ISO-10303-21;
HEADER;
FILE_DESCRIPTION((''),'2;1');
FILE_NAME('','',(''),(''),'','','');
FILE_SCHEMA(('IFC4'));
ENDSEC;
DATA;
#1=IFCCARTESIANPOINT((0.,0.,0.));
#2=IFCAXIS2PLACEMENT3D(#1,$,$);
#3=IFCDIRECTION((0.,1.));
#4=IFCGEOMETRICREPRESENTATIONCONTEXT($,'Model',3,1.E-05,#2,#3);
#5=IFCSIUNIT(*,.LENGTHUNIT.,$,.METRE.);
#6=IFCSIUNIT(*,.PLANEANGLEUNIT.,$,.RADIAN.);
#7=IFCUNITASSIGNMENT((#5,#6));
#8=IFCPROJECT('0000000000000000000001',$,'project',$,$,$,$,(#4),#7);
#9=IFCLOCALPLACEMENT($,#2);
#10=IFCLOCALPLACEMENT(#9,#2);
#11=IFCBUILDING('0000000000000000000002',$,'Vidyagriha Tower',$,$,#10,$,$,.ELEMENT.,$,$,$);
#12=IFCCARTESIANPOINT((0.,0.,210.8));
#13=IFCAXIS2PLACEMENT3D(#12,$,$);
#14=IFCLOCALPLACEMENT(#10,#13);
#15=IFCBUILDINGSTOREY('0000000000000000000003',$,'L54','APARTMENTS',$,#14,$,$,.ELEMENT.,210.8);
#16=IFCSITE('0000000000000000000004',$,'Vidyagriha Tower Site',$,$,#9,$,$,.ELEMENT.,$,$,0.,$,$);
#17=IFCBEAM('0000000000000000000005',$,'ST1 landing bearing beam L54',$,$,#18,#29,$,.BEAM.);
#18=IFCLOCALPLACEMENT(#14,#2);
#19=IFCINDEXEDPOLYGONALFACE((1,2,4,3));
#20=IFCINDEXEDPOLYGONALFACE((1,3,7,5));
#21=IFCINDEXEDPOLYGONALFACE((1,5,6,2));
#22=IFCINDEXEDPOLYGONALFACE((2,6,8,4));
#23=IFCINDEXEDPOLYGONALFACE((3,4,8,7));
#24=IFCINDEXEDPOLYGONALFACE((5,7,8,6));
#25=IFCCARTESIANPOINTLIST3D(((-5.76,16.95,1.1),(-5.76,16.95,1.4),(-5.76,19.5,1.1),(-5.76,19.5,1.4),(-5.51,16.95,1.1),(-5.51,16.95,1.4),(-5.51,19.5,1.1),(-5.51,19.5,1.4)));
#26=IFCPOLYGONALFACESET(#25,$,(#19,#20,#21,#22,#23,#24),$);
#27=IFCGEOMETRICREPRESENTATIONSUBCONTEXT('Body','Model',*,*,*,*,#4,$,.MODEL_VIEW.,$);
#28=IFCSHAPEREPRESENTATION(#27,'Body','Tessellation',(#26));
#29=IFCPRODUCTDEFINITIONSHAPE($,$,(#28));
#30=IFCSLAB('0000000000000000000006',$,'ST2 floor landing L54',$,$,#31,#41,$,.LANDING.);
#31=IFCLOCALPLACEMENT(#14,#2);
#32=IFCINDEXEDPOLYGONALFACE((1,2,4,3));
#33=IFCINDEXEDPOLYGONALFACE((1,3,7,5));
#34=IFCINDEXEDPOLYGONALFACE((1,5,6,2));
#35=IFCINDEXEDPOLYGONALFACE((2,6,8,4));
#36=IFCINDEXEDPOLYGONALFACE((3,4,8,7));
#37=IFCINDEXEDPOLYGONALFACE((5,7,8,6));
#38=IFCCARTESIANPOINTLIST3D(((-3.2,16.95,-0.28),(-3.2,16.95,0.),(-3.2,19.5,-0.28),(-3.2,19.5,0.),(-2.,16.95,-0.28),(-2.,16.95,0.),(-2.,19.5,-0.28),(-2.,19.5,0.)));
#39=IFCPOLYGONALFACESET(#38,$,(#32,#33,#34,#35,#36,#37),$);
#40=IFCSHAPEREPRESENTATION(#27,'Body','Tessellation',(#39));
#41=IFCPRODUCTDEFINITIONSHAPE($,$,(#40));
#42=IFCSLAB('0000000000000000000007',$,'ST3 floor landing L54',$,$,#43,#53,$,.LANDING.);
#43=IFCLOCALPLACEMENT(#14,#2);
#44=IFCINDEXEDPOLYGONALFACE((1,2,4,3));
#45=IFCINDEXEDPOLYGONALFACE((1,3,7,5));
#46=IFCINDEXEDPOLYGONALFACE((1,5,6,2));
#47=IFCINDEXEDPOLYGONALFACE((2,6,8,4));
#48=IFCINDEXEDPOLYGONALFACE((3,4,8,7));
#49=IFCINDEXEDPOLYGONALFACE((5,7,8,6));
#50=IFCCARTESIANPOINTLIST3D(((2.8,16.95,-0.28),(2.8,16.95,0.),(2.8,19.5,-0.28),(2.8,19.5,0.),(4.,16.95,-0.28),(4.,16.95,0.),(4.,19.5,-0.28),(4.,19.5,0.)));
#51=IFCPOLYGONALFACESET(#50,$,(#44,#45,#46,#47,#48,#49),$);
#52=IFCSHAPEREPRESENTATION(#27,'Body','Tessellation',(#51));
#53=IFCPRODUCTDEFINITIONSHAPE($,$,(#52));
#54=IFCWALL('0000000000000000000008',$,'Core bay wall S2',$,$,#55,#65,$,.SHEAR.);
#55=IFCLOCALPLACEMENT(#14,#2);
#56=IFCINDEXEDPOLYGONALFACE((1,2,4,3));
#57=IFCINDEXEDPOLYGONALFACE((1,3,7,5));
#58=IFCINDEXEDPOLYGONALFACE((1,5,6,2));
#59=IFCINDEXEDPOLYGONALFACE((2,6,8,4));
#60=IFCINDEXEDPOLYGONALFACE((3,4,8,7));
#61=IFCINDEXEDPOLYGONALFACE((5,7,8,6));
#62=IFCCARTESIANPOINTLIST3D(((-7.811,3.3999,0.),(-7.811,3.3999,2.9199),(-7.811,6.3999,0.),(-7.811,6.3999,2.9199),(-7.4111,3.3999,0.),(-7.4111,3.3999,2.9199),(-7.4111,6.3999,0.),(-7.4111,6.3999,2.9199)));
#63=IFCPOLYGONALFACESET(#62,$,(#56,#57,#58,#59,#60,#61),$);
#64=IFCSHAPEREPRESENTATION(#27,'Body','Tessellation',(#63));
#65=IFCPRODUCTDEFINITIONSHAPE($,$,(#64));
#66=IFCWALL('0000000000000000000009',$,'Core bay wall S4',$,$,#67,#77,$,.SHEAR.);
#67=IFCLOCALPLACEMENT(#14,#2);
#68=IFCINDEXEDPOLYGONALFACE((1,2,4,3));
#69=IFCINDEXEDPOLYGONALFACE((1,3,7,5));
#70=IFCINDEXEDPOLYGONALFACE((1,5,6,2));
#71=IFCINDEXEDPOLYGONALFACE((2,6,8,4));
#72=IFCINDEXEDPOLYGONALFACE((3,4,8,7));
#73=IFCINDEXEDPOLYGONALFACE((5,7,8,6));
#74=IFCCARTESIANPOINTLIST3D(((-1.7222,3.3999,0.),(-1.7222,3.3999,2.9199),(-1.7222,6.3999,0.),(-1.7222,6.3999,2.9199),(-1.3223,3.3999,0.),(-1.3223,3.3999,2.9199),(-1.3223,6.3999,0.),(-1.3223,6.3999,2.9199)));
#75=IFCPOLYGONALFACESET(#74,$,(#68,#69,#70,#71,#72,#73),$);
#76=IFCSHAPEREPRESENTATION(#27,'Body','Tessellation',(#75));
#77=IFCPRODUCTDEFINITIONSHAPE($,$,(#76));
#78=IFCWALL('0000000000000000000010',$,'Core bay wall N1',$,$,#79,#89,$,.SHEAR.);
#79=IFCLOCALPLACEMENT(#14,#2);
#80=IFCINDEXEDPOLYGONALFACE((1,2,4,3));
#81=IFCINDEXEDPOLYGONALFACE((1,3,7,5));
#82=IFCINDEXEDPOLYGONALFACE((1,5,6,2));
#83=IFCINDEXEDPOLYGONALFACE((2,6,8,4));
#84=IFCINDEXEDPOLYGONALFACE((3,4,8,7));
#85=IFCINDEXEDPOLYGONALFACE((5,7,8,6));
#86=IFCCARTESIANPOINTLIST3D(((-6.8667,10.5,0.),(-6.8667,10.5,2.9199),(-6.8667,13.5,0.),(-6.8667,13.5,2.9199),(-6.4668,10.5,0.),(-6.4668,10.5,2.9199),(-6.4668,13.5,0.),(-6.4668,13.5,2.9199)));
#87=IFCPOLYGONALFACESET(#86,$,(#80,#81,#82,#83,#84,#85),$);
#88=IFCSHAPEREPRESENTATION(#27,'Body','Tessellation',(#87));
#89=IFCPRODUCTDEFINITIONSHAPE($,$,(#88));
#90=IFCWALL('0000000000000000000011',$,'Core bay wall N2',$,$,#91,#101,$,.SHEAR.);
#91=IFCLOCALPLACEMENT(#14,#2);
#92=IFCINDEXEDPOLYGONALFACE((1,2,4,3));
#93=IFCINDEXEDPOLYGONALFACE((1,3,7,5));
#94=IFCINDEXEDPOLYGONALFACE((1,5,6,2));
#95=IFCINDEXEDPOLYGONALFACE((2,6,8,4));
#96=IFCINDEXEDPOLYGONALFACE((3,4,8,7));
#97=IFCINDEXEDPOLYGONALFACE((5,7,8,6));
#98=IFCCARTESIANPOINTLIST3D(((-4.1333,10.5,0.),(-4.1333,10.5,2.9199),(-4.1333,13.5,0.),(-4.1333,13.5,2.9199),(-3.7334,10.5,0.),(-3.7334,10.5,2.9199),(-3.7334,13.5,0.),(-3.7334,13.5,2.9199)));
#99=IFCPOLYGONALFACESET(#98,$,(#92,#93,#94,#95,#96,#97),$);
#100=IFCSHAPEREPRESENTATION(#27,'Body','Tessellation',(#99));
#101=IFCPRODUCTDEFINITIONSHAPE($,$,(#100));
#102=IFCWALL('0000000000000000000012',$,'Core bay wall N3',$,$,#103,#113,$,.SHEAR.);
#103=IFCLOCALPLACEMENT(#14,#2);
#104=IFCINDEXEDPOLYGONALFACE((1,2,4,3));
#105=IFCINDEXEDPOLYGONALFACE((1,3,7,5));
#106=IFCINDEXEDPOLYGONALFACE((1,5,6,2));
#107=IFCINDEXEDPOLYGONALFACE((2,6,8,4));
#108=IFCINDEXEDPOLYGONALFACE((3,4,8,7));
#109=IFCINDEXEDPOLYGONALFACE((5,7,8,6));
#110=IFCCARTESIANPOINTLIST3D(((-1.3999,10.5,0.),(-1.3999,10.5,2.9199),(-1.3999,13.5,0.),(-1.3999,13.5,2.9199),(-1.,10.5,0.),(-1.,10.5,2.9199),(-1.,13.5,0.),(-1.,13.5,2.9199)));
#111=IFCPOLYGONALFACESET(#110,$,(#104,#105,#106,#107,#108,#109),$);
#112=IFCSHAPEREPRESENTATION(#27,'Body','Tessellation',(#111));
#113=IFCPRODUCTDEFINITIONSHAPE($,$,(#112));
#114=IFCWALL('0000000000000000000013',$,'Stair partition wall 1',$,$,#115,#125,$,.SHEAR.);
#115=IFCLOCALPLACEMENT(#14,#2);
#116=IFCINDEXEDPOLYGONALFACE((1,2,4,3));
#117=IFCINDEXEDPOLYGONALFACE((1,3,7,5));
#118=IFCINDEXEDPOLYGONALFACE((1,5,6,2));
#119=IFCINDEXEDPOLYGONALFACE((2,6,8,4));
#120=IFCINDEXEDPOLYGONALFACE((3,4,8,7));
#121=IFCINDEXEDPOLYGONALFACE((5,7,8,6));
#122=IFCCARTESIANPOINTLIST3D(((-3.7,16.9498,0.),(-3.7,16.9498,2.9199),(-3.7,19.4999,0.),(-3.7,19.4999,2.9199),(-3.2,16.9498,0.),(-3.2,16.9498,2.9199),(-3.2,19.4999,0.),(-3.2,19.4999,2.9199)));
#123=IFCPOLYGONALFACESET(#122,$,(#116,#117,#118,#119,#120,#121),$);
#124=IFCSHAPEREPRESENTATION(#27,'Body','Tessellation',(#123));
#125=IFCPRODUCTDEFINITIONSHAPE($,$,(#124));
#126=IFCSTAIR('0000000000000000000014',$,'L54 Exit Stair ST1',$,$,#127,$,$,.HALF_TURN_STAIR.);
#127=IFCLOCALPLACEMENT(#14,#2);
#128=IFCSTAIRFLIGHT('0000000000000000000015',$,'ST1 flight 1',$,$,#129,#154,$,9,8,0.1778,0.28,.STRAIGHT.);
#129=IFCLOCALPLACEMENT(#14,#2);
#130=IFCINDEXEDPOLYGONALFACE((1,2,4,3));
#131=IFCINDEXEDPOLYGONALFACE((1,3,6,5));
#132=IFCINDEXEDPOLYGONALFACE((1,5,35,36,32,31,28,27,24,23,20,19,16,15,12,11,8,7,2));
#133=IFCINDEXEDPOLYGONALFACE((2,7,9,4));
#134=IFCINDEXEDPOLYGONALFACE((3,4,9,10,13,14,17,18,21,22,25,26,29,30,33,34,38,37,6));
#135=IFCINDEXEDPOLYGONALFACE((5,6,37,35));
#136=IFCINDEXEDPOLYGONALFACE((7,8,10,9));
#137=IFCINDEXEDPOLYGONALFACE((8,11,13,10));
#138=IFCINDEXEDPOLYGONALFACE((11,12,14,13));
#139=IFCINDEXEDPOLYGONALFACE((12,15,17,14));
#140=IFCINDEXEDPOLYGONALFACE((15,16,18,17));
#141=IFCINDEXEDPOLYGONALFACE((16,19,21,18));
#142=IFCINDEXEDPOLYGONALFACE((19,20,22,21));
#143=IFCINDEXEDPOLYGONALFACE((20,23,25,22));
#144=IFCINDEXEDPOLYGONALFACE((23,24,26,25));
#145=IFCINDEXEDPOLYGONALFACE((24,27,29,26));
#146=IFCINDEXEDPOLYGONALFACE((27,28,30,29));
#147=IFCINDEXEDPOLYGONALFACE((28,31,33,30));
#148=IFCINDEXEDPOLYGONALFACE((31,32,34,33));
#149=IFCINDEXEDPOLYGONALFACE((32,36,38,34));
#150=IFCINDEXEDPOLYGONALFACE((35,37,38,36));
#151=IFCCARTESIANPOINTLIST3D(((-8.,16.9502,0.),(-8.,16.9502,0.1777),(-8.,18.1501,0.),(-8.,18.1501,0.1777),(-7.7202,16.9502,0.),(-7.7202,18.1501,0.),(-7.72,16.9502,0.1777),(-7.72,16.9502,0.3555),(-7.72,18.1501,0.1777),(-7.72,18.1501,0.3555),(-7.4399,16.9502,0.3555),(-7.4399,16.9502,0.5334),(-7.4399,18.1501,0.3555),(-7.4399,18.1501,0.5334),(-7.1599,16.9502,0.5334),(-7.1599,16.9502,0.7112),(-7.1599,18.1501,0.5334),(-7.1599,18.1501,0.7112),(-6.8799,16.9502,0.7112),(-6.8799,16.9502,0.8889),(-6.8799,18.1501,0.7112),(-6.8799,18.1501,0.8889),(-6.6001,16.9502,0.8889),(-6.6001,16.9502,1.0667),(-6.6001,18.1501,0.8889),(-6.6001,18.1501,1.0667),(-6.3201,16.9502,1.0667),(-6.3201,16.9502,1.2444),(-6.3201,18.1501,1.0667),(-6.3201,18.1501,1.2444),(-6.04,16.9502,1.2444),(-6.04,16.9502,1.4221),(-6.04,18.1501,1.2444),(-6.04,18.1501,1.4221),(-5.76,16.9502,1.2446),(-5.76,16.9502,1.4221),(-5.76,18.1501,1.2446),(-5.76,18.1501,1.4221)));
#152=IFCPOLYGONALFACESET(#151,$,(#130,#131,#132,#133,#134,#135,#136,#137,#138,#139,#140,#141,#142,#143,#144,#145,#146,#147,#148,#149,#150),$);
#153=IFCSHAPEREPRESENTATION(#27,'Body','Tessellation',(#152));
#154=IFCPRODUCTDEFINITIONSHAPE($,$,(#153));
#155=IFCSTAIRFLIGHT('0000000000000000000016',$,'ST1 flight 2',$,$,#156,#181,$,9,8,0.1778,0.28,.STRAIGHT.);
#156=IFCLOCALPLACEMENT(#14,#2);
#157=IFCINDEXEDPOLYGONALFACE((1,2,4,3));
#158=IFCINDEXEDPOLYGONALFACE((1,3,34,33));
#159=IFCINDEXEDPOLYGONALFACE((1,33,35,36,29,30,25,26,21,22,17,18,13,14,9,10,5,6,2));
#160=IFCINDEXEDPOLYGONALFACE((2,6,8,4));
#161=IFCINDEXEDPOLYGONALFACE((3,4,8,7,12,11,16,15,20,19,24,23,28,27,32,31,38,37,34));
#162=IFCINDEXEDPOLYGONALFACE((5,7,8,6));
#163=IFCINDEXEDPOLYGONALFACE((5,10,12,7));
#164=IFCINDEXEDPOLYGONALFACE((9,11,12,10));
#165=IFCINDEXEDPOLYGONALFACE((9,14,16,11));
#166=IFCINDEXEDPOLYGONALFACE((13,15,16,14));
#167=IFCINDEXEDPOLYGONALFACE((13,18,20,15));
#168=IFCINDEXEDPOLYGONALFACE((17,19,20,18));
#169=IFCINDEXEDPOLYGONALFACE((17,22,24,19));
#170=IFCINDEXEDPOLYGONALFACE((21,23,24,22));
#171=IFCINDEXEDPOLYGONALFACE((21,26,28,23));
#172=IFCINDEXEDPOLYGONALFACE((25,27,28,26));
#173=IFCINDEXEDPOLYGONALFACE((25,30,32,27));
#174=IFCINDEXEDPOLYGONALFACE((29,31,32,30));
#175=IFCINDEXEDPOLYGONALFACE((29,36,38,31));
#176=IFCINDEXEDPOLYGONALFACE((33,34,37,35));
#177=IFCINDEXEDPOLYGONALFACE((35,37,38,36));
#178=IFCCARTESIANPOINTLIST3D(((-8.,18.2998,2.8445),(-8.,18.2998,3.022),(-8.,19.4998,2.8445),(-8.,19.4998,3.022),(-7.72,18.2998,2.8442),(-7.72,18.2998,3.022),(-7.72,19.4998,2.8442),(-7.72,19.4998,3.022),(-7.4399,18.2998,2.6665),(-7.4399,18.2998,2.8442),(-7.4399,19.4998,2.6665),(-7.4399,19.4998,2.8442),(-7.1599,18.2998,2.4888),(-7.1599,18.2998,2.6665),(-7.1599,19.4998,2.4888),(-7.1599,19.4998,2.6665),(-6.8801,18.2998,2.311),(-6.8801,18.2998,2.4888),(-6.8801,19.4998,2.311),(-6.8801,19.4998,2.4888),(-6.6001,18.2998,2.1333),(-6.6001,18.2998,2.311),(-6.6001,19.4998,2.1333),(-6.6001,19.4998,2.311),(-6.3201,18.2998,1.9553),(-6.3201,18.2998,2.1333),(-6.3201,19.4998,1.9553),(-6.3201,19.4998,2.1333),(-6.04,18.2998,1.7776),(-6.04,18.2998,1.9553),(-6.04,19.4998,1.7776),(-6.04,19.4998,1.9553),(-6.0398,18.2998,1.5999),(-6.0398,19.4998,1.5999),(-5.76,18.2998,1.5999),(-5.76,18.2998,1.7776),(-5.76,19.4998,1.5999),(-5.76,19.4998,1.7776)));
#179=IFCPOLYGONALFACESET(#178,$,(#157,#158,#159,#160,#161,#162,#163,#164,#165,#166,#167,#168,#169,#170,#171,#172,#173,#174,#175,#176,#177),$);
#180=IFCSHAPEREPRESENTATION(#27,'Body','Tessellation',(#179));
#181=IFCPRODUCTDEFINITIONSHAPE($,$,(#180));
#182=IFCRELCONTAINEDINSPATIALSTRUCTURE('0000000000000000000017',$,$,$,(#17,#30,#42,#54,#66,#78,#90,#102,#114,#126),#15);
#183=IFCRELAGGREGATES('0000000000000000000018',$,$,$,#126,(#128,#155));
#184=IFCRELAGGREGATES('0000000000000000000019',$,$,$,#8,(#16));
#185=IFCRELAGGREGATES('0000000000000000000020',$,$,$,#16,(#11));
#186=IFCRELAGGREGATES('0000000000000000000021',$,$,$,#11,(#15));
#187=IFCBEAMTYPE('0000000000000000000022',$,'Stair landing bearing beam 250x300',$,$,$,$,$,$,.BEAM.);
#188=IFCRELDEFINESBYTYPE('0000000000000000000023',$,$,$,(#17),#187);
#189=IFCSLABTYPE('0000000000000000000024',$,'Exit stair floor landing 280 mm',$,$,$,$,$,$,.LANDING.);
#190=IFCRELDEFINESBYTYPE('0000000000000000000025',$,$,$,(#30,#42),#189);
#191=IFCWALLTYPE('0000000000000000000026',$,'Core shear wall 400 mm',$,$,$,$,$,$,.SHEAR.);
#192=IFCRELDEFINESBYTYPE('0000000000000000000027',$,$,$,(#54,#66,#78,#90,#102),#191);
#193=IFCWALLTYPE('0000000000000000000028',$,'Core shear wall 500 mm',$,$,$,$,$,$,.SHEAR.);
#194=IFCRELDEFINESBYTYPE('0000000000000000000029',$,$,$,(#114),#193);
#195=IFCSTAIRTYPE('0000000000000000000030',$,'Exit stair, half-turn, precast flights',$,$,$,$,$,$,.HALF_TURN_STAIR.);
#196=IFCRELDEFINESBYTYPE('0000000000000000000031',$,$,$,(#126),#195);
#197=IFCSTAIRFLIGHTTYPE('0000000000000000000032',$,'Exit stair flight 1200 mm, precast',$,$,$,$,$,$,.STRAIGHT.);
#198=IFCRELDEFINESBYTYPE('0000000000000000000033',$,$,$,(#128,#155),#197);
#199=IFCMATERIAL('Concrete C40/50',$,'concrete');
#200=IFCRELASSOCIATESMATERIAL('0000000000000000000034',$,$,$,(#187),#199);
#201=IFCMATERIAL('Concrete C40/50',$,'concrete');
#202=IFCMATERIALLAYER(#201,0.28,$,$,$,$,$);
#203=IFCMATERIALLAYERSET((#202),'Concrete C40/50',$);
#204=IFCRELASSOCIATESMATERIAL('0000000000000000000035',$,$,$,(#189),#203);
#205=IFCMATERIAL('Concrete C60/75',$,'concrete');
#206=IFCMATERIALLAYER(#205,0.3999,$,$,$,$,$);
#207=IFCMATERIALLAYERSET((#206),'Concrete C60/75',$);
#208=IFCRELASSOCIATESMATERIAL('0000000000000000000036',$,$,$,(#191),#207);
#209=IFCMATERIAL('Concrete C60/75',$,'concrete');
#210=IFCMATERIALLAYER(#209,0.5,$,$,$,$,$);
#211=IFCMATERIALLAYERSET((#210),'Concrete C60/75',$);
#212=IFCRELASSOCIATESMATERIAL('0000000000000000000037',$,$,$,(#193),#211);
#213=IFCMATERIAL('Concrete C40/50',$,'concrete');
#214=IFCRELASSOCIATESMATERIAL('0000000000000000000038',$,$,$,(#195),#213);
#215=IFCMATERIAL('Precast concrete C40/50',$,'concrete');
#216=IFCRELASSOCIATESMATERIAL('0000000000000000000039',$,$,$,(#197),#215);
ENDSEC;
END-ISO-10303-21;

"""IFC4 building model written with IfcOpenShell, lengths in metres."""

from ifc_helpers import new_model, si_unit, direction, frame, frame_2d, origin, origin_2d, place, context, subcontext, project, spatial, polyline, rectangle, outline, extrude, material, layer, layer_set, material_profile, profile_set, type_object, element, aggregate, save


model = new_model("IFC4")

# Units and contexts
model_context = context("Model", 3, precision=1e-05, world=origin(), true_north=direction((0.0, 1.0)))
body_context = subcontext(model_context, "Body", "Model", "MODEL_VIEW")
ifc_project = project(units=[si_unit("LENGTHUNIT", "METRE"), si_unit("PLANEANGLEUNIT", "RADIAN")], contexts=[model_context])

# Site, building, storey
site_placement = place(None, origin())
site = spatial("IfcSite", under=ifc_project, at=site_placement, Name="Vidyagriha Tower Site", CompositionType="ELEMENT", RefElevation=0.0)
building_placement = place(site_placement, origin())
building = spatial("IfcBuilding", under=site, at=building_placement, Name="Vidyagriha Tower", CompositionType="ELEMENT")
storey_placement = place(building_placement, frame((0.0, 0.0, 210.8)))
storey = spatial("IfcBuildingStorey", under=building, at=storey_placement, Name="L54", Description="APARTMENTS", CompositionType="ELEMENT", Elevation=210.8)

# Beam
ifc_material_1 = material(Name="Concrete C40/50", Category="concrete")
ifc_material_profile = material_profile(ifc_material_1, rectangle(XDim=0.25, YDim=0.3, at=origin_2d()), Name="Stair landing bearing beam 250x300")
ifc_profile_set = profile_set([ifc_material_profile], Name="Concrete C40/50")
beam_type = type_object("IfcBeamType", Name="Stair landing bearing beam 250x300", PredefinedType="BEAM", material=ifc_profile_set)
beam_placement = place(storey_placement, frame((-5.635, 16.95, 1.25), z_axis=(0.0, 1.0, 0.0), x_axis=(-1.0, 0.0, 0.0)))
element("IfcBeam", 1, at=beam_placement, inside=storey, type_object=beam_type, Name="ST1 landing bearing beam L54", PredefinedType="BEAM", context=body_context, shape_type="SweptSolid", body=[
    extrude(rectangle(XDim=0.25, YDim=0.3, at=origin_2d()), origin(), (0.0, 0.0, 1.0), 2.55),
])

# Slabs
ifc_material_2 = material(Name="Concrete C40/50", Category="concrete")
ifc_layer_1 = layer(ifc_material_2, 0.28)
ifc_layer_set_1 = layer_set([ifc_layer_1], Name="Concrete C40/50")
slab_type = type_object("IfcSlabType", Name="Exit stair floor landing 280 mm", PredefinedType="LANDING", material=ifc_layer_set_1)
slab_1_placement = place(storey_placement, frame((0.0, 0.0, -0.28)))
element("IfcSlab", 2, at=slab_1_placement, inside=storey, type_object=slab_type, Name="ST2 floor landing L54", PredefinedType="LANDING", context=body_context, shape_type="SweptSolid", body=[
    extrude(outline(polyline([(-3.2, 16.95), (-2.0, 16.95), (-2.0, 19.5), (-3.2, 19.5), (-3.2, 16.95)])), origin(), (0.0, 0.0, 1.0), 0.28),
])
slab_2_placement = place(storey_placement, frame((0.0, 0.0, -0.28)))
element("IfcSlab", 3, at=slab_2_placement, inside=storey, type_object=slab_type, Name="ST3 floor landing L54", PredefinedType="LANDING", context=body_context, shape_type="SweptSolid", body=[
    extrude(outline(polyline([(2.8, 16.95), (4.0, 16.95), (4.0, 19.5), (2.8, 19.5), (2.8, 16.95)])), origin(), (0.0, 0.0, 1.0), 0.28),
])

# Walls
ifc_material_3 = material(Name="Concrete C60/75", Category="concrete")
ifc_layer_2 = layer(ifc_material_3, 0.3999)
ifc_layer_set_2 = layer_set([ifc_layer_2], Name="Concrete C60/75")
wall_type_1 = type_object("IfcWallType", Name="Core shear wall 400 mm", PredefinedType="SHEAR", material=ifc_layer_set_2)
for number, where, z_axis, x_axis, name in (
    (4, (-7.6111, 3.3999, 0.0), (0.0, 0.0, 1.0), (0.0, 1.0, 0.0), "Core bay wall S2"),
    (5, (-1.5222, 3.3999, 0.0), (0.0, 0.0, 1.0), (0.0, 1.0, 0.0), "Core bay wall S4"),
    (6, (-6.6667, 10.5, 0.0), (0.0, 0.0, 1.0), (0.0, 1.0, 0.0), "Core bay wall N1"),
    (7, (-3.9333, 10.5, 0.0), (0.0, 0.0, 1.0), (0.0, 1.0, 0.0), "Core bay wall N2"),
    (8, (-1.2, 10.5, 0.0), (0.0, 0.0, 1.0), (0.0, 1.0, 0.0), "Core bay wall N3"),
):
    element("IfcWall", number, at=place(storey_placement, frame(where, z_axis=z_axis, x_axis=x_axis)), inside=storey, type_object=wall_type_1, Name=name, PredefinedType="SHEAR", context=body_context, shape_type="SweptSolid", body=[
        extrude(rectangle(XDim=3.0, YDim=0.3999, at=frame_2d((1.5, 0.0))), origin(), (0.0, 0.0, 1.0), 2.9199),
    ])
ifc_material_4 = material(Name="Concrete C60/75", Category="concrete")
ifc_layer_3 = layer(ifc_material_4, 0.5)
ifc_layer_set_3 = layer_set([ifc_layer_3], Name="Concrete C60/75")
wall_type_2 = type_object("IfcWallType", Name="Core shear wall 500 mm", PredefinedType="SHEAR", material=ifc_layer_set_3)
wall_placement = place(storey_placement, frame((-3.45, 16.95, 0.0), z_axis=(0.0, 0.0, 1.0), x_axis=(0.0, 1.0, 0.0)))
element("IfcWall", 9, at=wall_placement, inside=storey, type_object=wall_type_2, Name="Stair partition wall 1", PredefinedType="SHEAR", context=body_context, shape_type="SweptSolid", body=[
    extrude(rectangle(XDim=2.55, YDim=0.5, at=frame_2d((1.2749, 0.0))), origin(), (0.0, 0.0, 1.0), 2.9199),
])

# Stair, stair flights
ifc_material_5 = material(Name="Concrete C40/50", Category="concrete")
stair_type = type_object("IfcStairType", Name="Exit stair, half-turn, precast flights", PredefinedType="HALF_TURN_STAIR", material=ifc_material_5)
stair_1_placement = place(storey_placement, origin())
stair_1 = element("IfcStair", 10, at=stair_1_placement, inside=storey, type_object=stair_type, Name="L54 Exit Stair ST1", PredefinedType="HALF_TURN_STAIR")
ifc_material_6 = material(Name="Precast concrete C40/50", Category="concrete")
stair_flight_type = type_object("IfcStairFlightType", Name="Exit stair flight 1200 mm, precast", PredefinedType="STRAIGHT", material=ifc_material_6)
stair_flight_1_placement = place(storey_placement, frame((-8.0, 17.55, 0.0)))
stair_flight_1 = element("IfcStairFlight", 11, at=stair_flight_1_placement, type_object=stair_flight_type, Name="ST1 flight 1", NumberOfRisers=9, NumberOfTreads=8, PredefinedType="STRAIGHT", RiserHeight=0.1778, TreadLength=0.28, context=body_context, shape_type="SweptSolid", body=[
    extrude(outline(polyline([(0.0, 0.0), (0.0, 0.1777), (0.28, 0.1777), (0.28, 0.3555), (0.5601, 0.3555), (0.5601, 0.5334), (0.8401, 0.5334), (0.8401, 0.7112), (1.1201, 0.7112), (1.1201, 0.8889), (1.3999, 0.8889), (1.3999, 1.0667), (1.6799, 1.0667), (1.6799, 1.2444), (1.96, 1.2444), (1.96, 1.4221), (2.24, 1.4221), (2.24, 1.6001), (2.24, 1.2446), (0.2798, 0.0), (0.0, 0.0)])), frame((0.0, 0.6001, 0.0), z_axis=(0.0, -1.0, 0.0), x_axis=(1.0, 0.0, 0.0)), (0.0, 0.0, 1.0), 1.2),
])
stair_flight_2_placement = place(storey_placement, frame((-5.76, 18.8999, 1.5999), z_axis=(0.0, 0.0, 1.0), x_axis=(-1.0, 0.0, 0.0)))
stair_flight_2 = element("IfcStairFlight", 12, at=stair_flight_2_placement, type_object=stair_flight_type, Name="ST1 flight 2", NumberOfRisers=9, NumberOfTreads=8, PredefinedType="STRAIGHT", RiserHeight=0.1778, TreadLength=0.28, context=body_context, shape_type="SweptSolid", body=[
    extrude(outline(polyline([(0.0, 0.0), (0.0, 0.1777), (0.28, 0.1777), (0.28, 0.3555), (0.5601, 0.3555), (0.5601, 0.5334), (0.8401, 0.5334), (0.8401, 0.7112), (1.1201, 0.7112), (1.1201, 0.8889), (1.3999, 0.8889), (1.3999, 1.0667), (1.6799, 1.0667), (1.6799, 1.2444), (1.96, 1.2444), (1.96, 1.4221), (2.24, 1.4221), (2.24, 1.6001), (2.24, 1.2446), (0.2798, 0.0), (0.0, 0.0)])), frame((0.0, 0.6001, 0.0), z_axis=(0.0, -1.0, 0.0), x_axis=(1.0, 0.0, 0.0)), (0.0, 0.0, 1.0), 1.2),
])
aggregate(stair_1, [stair_flight_1, stair_flight_2])

save(model, "model.ifc")
